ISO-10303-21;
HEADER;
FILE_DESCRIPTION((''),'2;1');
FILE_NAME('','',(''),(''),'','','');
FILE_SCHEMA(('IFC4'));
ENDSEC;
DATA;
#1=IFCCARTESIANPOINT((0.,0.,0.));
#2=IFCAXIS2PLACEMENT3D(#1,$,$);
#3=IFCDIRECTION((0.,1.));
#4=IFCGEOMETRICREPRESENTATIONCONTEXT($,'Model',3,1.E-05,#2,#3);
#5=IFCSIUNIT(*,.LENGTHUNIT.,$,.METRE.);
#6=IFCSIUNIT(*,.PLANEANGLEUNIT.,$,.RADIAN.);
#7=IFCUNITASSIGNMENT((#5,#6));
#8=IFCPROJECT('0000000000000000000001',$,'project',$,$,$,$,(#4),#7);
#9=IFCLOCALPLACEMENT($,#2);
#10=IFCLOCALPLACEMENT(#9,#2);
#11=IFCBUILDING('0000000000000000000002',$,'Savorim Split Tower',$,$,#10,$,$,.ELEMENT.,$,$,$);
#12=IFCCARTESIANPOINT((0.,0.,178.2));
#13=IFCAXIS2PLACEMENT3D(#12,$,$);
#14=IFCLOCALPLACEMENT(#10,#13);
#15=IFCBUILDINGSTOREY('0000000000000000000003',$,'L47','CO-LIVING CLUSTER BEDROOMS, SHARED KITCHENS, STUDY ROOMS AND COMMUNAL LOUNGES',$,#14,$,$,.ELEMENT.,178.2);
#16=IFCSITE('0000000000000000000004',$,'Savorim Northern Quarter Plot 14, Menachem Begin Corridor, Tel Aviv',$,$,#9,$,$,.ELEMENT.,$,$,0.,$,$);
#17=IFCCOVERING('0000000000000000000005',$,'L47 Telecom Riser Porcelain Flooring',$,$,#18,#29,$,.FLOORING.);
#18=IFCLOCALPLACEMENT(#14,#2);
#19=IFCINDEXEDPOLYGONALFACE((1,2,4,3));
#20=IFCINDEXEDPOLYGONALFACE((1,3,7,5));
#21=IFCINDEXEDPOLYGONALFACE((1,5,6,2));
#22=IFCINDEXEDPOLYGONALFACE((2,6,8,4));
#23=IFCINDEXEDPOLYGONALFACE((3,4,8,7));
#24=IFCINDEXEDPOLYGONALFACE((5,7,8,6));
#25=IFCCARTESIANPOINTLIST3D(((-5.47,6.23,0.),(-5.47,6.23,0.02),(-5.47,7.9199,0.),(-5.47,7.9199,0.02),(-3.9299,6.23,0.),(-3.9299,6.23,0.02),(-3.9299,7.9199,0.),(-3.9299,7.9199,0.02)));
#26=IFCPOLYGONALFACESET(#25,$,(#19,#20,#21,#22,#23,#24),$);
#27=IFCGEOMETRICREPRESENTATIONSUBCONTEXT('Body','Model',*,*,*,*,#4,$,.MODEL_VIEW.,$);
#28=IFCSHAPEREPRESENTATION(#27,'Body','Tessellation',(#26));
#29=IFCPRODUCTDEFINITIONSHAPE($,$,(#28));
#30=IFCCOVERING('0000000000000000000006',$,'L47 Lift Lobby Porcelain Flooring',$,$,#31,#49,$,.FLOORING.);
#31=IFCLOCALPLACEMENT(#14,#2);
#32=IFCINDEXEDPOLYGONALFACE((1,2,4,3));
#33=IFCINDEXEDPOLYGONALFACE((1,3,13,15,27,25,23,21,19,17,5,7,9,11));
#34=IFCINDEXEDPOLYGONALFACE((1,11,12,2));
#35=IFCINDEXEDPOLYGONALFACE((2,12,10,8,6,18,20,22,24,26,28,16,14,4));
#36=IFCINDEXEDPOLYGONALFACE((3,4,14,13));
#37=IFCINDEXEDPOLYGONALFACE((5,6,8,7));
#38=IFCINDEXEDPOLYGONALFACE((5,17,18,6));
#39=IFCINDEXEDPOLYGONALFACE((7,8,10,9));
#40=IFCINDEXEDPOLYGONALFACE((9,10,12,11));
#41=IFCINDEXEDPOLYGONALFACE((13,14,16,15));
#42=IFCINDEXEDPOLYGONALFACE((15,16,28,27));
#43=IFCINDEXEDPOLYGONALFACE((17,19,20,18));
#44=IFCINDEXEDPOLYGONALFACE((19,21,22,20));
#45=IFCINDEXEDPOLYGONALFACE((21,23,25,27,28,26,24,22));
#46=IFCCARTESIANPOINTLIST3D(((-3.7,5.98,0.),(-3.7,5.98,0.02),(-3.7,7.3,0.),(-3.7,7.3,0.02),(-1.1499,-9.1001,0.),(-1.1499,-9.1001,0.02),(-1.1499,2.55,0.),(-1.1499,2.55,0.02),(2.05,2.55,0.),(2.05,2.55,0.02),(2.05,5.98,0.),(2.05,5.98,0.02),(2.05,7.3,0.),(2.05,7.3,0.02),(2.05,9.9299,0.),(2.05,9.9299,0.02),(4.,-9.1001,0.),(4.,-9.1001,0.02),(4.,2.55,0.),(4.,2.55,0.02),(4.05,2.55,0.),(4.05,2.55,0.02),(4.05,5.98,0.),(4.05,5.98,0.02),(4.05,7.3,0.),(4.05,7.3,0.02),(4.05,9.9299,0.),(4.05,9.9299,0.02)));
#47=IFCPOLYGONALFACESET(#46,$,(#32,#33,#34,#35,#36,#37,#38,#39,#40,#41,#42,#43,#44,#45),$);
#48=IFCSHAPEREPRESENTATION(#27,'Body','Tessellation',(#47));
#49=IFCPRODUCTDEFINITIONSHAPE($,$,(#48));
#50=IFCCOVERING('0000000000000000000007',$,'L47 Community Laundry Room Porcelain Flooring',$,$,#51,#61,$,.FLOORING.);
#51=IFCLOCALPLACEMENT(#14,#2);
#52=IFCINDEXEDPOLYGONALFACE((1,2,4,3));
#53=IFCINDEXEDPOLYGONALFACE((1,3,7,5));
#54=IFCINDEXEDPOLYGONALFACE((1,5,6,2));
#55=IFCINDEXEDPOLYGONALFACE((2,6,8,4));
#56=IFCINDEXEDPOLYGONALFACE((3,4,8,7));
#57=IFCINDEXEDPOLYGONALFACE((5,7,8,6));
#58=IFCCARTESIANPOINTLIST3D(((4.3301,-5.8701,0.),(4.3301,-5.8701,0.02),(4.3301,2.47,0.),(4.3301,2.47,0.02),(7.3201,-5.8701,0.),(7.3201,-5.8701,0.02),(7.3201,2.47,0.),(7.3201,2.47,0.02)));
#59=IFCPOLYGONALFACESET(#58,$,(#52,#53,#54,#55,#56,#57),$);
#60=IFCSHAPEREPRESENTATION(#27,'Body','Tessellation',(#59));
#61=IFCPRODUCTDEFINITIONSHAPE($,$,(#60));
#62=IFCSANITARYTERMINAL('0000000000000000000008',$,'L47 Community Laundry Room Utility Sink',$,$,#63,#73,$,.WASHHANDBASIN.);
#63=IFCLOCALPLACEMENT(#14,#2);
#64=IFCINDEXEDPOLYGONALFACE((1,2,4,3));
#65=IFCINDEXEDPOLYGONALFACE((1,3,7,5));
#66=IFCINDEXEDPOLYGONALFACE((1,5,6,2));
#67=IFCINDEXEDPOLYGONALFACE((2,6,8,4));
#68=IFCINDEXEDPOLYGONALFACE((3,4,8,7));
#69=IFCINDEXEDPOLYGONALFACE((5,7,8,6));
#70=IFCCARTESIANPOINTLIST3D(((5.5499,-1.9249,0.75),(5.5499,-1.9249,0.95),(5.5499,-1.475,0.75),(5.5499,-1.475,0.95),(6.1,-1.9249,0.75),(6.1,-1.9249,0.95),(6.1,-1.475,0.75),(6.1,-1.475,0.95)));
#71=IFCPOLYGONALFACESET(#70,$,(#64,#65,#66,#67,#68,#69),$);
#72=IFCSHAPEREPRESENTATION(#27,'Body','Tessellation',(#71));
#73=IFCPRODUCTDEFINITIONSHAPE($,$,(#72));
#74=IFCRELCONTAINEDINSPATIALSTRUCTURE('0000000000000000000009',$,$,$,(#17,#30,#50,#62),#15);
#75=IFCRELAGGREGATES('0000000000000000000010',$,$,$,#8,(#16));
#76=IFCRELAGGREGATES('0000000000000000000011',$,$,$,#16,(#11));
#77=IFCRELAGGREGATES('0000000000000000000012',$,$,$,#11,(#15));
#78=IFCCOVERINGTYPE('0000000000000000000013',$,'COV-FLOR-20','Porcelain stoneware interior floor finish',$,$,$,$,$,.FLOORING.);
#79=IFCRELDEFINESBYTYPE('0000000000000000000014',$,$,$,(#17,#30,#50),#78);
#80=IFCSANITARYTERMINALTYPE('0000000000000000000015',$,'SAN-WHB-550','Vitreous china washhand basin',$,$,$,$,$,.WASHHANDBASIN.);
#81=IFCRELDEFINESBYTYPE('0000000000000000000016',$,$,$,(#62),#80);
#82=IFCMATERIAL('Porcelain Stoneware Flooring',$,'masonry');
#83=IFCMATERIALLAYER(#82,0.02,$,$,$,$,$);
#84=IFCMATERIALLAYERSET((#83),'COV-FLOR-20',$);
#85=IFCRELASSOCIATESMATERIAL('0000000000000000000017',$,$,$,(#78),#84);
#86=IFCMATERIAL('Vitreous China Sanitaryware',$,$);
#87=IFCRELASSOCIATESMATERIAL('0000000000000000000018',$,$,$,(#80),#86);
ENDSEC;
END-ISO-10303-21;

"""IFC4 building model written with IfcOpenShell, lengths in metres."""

from ifc_helpers import new_model, si_unit, direction, frame, origin, origin_2d, place, context, subcontext, project, spatial, polyline, rectangle, outline, extrude, material, layer, layer_set, type_object, element, save


model = new_model("IFC4")

# Units and contexts
model_context = context("Model", 3, precision=1e-05, world=origin(), true_north=direction((0.0, 1.0)))
body_context = subcontext(model_context, "Body", "Model", "MODEL_VIEW")
ifc_project = project(units=[si_unit("LENGTHUNIT", "METRE"), si_unit("PLANEANGLEUNIT", "RADIAN")], contexts=[model_context])

# Site, building, storey
site_placement = place(None, origin())
site = spatial("IfcSite", under=ifc_project, at=site_placement, Name="Savorim Northern Quarter Plot 14, Menachem Begin Corridor, Tel Aviv", CompositionType="ELEMENT", RefElevation=0.0)
building_placement = place(site_placement, origin())
building = spatial("IfcBuilding", under=site, at=building_placement, Name="Savorim Split Tower", CompositionType="ELEMENT")
storey_placement = place(building_placement, frame((0.0, 0.0, 178.2)))
storey = spatial("IfcBuildingStorey", under=building, at=storey_placement, Name="L47", Description="CO-LIVING CLUSTER BEDROOMS, SHARED KITCHENS, STUDY ROOMS AND COMMUNAL LOUNGES", CompositionType="ELEMENT", Elevation=178.2)

# Coverings
ifc_material_1 = material(Name="Porcelain Stoneware Flooring", Category="masonry")
ifc_layer_1 = layer(ifc_material_1, 0.02)
ifc_layer_set_1 = layer_set([ifc_layer_1], Name="COV-FLOR-20")
covering_type_1 = type_object("IfcCoveringType", Name="COV-FLOR-20", Description="Porcelain stoneware interior floor finish", PredefinedType="FLOORING", material=ifc_layer_set_1)
covering_1_placement = place(storey_placement, origin())
element("IfcCovering", 1, at=covering_1_placement, inside=storey, type_object=covering_type_1, Name="L47 Telecom Riser Porcelain Flooring", PredefinedType="FLOORING", context=body_context, shape_type="SweptSolid", body=[
    extrude(outline(polyline([(-5.47, 7.9199), (-5.47, 6.23), (-3.9299, 6.23), (-3.9299, 7.9199), (-5.47, 7.9199)])), origin(), (0.0, 0.0, 1.0), 0.02),
])
covering_2_placement = place(storey_placement, origin())
element("IfcCovering", 2, at=covering_2_placement, inside=storey, type_object=covering_type_1, Name="L47 Lift Lobby Porcelain Flooring", PredefinedType="FLOORING", context=body_context, shape_type="SweptSolid", body=[
    extrude(outline(polyline([(2.05, 2.55), (-1.1499, 2.55), (-1.1499, -9.1001), (4.0, -9.1001), (4.0, 2.55), (4.05, 2.55), (4.05, 5.98), (4.05, 7.3), (4.05, 9.9299), (2.05, 9.9299), (2.05, 7.3), (-3.7, 7.3), (-3.7, 5.98), (2.05, 5.98), (2.05, 2.55)])), origin(), (0.0, 0.0, 1.0), 0.02),
])
covering_3_placement = place(storey_placement, origin())
element("IfcCovering", 3, at=covering_3_placement, inside=storey, type_object=covering_type_1, Name="L47 Community Laundry Room Porcelain Flooring", PredefinedType="FLOORING", context=body_context, shape_type="SweptSolid", body=[
    extrude(outline(polyline([(4.3301, 2.47), (4.3301, -5.8701), (7.3201, -5.8701), (7.3201, 2.47), (4.3301, 2.47)])), origin(), (0.0, 0.0, 1.0), 0.02),
])

# Sanitary terminal
ifc_material_2 = material(Name="Vitreous China Sanitaryware")
sanitary_terminal_type = type_object("IfcSanitaryTerminalType", Name="SAN-WHB-550", Description="Vitreous china washhand basin", PredefinedType="WASHHANDBASIN", material=ifc_material_2)
sanitary_terminal_placement = place(storey_placement, frame((5.825, -1.7, 0.75), z_axis=(0.0, 0.0, 1.0), x_axis=(1.0, 0.0, 0.0)))
element("IfcSanitaryTerminal", 4, at=sanitary_terminal_placement, inside=storey, type_object=sanitary_terminal_type, Name="L47 Community Laundry Room Utility Sink", PredefinedType="WASHHANDBASIN", context=body_context, shape_type="SweptSolid", body=[
    extrude(rectangle(XDim=0.55, YDim=0.45, at=origin_2d()), origin(), (0.0, 0.0, 1.0), 0.2),
])

save(model, "model.ifc")
